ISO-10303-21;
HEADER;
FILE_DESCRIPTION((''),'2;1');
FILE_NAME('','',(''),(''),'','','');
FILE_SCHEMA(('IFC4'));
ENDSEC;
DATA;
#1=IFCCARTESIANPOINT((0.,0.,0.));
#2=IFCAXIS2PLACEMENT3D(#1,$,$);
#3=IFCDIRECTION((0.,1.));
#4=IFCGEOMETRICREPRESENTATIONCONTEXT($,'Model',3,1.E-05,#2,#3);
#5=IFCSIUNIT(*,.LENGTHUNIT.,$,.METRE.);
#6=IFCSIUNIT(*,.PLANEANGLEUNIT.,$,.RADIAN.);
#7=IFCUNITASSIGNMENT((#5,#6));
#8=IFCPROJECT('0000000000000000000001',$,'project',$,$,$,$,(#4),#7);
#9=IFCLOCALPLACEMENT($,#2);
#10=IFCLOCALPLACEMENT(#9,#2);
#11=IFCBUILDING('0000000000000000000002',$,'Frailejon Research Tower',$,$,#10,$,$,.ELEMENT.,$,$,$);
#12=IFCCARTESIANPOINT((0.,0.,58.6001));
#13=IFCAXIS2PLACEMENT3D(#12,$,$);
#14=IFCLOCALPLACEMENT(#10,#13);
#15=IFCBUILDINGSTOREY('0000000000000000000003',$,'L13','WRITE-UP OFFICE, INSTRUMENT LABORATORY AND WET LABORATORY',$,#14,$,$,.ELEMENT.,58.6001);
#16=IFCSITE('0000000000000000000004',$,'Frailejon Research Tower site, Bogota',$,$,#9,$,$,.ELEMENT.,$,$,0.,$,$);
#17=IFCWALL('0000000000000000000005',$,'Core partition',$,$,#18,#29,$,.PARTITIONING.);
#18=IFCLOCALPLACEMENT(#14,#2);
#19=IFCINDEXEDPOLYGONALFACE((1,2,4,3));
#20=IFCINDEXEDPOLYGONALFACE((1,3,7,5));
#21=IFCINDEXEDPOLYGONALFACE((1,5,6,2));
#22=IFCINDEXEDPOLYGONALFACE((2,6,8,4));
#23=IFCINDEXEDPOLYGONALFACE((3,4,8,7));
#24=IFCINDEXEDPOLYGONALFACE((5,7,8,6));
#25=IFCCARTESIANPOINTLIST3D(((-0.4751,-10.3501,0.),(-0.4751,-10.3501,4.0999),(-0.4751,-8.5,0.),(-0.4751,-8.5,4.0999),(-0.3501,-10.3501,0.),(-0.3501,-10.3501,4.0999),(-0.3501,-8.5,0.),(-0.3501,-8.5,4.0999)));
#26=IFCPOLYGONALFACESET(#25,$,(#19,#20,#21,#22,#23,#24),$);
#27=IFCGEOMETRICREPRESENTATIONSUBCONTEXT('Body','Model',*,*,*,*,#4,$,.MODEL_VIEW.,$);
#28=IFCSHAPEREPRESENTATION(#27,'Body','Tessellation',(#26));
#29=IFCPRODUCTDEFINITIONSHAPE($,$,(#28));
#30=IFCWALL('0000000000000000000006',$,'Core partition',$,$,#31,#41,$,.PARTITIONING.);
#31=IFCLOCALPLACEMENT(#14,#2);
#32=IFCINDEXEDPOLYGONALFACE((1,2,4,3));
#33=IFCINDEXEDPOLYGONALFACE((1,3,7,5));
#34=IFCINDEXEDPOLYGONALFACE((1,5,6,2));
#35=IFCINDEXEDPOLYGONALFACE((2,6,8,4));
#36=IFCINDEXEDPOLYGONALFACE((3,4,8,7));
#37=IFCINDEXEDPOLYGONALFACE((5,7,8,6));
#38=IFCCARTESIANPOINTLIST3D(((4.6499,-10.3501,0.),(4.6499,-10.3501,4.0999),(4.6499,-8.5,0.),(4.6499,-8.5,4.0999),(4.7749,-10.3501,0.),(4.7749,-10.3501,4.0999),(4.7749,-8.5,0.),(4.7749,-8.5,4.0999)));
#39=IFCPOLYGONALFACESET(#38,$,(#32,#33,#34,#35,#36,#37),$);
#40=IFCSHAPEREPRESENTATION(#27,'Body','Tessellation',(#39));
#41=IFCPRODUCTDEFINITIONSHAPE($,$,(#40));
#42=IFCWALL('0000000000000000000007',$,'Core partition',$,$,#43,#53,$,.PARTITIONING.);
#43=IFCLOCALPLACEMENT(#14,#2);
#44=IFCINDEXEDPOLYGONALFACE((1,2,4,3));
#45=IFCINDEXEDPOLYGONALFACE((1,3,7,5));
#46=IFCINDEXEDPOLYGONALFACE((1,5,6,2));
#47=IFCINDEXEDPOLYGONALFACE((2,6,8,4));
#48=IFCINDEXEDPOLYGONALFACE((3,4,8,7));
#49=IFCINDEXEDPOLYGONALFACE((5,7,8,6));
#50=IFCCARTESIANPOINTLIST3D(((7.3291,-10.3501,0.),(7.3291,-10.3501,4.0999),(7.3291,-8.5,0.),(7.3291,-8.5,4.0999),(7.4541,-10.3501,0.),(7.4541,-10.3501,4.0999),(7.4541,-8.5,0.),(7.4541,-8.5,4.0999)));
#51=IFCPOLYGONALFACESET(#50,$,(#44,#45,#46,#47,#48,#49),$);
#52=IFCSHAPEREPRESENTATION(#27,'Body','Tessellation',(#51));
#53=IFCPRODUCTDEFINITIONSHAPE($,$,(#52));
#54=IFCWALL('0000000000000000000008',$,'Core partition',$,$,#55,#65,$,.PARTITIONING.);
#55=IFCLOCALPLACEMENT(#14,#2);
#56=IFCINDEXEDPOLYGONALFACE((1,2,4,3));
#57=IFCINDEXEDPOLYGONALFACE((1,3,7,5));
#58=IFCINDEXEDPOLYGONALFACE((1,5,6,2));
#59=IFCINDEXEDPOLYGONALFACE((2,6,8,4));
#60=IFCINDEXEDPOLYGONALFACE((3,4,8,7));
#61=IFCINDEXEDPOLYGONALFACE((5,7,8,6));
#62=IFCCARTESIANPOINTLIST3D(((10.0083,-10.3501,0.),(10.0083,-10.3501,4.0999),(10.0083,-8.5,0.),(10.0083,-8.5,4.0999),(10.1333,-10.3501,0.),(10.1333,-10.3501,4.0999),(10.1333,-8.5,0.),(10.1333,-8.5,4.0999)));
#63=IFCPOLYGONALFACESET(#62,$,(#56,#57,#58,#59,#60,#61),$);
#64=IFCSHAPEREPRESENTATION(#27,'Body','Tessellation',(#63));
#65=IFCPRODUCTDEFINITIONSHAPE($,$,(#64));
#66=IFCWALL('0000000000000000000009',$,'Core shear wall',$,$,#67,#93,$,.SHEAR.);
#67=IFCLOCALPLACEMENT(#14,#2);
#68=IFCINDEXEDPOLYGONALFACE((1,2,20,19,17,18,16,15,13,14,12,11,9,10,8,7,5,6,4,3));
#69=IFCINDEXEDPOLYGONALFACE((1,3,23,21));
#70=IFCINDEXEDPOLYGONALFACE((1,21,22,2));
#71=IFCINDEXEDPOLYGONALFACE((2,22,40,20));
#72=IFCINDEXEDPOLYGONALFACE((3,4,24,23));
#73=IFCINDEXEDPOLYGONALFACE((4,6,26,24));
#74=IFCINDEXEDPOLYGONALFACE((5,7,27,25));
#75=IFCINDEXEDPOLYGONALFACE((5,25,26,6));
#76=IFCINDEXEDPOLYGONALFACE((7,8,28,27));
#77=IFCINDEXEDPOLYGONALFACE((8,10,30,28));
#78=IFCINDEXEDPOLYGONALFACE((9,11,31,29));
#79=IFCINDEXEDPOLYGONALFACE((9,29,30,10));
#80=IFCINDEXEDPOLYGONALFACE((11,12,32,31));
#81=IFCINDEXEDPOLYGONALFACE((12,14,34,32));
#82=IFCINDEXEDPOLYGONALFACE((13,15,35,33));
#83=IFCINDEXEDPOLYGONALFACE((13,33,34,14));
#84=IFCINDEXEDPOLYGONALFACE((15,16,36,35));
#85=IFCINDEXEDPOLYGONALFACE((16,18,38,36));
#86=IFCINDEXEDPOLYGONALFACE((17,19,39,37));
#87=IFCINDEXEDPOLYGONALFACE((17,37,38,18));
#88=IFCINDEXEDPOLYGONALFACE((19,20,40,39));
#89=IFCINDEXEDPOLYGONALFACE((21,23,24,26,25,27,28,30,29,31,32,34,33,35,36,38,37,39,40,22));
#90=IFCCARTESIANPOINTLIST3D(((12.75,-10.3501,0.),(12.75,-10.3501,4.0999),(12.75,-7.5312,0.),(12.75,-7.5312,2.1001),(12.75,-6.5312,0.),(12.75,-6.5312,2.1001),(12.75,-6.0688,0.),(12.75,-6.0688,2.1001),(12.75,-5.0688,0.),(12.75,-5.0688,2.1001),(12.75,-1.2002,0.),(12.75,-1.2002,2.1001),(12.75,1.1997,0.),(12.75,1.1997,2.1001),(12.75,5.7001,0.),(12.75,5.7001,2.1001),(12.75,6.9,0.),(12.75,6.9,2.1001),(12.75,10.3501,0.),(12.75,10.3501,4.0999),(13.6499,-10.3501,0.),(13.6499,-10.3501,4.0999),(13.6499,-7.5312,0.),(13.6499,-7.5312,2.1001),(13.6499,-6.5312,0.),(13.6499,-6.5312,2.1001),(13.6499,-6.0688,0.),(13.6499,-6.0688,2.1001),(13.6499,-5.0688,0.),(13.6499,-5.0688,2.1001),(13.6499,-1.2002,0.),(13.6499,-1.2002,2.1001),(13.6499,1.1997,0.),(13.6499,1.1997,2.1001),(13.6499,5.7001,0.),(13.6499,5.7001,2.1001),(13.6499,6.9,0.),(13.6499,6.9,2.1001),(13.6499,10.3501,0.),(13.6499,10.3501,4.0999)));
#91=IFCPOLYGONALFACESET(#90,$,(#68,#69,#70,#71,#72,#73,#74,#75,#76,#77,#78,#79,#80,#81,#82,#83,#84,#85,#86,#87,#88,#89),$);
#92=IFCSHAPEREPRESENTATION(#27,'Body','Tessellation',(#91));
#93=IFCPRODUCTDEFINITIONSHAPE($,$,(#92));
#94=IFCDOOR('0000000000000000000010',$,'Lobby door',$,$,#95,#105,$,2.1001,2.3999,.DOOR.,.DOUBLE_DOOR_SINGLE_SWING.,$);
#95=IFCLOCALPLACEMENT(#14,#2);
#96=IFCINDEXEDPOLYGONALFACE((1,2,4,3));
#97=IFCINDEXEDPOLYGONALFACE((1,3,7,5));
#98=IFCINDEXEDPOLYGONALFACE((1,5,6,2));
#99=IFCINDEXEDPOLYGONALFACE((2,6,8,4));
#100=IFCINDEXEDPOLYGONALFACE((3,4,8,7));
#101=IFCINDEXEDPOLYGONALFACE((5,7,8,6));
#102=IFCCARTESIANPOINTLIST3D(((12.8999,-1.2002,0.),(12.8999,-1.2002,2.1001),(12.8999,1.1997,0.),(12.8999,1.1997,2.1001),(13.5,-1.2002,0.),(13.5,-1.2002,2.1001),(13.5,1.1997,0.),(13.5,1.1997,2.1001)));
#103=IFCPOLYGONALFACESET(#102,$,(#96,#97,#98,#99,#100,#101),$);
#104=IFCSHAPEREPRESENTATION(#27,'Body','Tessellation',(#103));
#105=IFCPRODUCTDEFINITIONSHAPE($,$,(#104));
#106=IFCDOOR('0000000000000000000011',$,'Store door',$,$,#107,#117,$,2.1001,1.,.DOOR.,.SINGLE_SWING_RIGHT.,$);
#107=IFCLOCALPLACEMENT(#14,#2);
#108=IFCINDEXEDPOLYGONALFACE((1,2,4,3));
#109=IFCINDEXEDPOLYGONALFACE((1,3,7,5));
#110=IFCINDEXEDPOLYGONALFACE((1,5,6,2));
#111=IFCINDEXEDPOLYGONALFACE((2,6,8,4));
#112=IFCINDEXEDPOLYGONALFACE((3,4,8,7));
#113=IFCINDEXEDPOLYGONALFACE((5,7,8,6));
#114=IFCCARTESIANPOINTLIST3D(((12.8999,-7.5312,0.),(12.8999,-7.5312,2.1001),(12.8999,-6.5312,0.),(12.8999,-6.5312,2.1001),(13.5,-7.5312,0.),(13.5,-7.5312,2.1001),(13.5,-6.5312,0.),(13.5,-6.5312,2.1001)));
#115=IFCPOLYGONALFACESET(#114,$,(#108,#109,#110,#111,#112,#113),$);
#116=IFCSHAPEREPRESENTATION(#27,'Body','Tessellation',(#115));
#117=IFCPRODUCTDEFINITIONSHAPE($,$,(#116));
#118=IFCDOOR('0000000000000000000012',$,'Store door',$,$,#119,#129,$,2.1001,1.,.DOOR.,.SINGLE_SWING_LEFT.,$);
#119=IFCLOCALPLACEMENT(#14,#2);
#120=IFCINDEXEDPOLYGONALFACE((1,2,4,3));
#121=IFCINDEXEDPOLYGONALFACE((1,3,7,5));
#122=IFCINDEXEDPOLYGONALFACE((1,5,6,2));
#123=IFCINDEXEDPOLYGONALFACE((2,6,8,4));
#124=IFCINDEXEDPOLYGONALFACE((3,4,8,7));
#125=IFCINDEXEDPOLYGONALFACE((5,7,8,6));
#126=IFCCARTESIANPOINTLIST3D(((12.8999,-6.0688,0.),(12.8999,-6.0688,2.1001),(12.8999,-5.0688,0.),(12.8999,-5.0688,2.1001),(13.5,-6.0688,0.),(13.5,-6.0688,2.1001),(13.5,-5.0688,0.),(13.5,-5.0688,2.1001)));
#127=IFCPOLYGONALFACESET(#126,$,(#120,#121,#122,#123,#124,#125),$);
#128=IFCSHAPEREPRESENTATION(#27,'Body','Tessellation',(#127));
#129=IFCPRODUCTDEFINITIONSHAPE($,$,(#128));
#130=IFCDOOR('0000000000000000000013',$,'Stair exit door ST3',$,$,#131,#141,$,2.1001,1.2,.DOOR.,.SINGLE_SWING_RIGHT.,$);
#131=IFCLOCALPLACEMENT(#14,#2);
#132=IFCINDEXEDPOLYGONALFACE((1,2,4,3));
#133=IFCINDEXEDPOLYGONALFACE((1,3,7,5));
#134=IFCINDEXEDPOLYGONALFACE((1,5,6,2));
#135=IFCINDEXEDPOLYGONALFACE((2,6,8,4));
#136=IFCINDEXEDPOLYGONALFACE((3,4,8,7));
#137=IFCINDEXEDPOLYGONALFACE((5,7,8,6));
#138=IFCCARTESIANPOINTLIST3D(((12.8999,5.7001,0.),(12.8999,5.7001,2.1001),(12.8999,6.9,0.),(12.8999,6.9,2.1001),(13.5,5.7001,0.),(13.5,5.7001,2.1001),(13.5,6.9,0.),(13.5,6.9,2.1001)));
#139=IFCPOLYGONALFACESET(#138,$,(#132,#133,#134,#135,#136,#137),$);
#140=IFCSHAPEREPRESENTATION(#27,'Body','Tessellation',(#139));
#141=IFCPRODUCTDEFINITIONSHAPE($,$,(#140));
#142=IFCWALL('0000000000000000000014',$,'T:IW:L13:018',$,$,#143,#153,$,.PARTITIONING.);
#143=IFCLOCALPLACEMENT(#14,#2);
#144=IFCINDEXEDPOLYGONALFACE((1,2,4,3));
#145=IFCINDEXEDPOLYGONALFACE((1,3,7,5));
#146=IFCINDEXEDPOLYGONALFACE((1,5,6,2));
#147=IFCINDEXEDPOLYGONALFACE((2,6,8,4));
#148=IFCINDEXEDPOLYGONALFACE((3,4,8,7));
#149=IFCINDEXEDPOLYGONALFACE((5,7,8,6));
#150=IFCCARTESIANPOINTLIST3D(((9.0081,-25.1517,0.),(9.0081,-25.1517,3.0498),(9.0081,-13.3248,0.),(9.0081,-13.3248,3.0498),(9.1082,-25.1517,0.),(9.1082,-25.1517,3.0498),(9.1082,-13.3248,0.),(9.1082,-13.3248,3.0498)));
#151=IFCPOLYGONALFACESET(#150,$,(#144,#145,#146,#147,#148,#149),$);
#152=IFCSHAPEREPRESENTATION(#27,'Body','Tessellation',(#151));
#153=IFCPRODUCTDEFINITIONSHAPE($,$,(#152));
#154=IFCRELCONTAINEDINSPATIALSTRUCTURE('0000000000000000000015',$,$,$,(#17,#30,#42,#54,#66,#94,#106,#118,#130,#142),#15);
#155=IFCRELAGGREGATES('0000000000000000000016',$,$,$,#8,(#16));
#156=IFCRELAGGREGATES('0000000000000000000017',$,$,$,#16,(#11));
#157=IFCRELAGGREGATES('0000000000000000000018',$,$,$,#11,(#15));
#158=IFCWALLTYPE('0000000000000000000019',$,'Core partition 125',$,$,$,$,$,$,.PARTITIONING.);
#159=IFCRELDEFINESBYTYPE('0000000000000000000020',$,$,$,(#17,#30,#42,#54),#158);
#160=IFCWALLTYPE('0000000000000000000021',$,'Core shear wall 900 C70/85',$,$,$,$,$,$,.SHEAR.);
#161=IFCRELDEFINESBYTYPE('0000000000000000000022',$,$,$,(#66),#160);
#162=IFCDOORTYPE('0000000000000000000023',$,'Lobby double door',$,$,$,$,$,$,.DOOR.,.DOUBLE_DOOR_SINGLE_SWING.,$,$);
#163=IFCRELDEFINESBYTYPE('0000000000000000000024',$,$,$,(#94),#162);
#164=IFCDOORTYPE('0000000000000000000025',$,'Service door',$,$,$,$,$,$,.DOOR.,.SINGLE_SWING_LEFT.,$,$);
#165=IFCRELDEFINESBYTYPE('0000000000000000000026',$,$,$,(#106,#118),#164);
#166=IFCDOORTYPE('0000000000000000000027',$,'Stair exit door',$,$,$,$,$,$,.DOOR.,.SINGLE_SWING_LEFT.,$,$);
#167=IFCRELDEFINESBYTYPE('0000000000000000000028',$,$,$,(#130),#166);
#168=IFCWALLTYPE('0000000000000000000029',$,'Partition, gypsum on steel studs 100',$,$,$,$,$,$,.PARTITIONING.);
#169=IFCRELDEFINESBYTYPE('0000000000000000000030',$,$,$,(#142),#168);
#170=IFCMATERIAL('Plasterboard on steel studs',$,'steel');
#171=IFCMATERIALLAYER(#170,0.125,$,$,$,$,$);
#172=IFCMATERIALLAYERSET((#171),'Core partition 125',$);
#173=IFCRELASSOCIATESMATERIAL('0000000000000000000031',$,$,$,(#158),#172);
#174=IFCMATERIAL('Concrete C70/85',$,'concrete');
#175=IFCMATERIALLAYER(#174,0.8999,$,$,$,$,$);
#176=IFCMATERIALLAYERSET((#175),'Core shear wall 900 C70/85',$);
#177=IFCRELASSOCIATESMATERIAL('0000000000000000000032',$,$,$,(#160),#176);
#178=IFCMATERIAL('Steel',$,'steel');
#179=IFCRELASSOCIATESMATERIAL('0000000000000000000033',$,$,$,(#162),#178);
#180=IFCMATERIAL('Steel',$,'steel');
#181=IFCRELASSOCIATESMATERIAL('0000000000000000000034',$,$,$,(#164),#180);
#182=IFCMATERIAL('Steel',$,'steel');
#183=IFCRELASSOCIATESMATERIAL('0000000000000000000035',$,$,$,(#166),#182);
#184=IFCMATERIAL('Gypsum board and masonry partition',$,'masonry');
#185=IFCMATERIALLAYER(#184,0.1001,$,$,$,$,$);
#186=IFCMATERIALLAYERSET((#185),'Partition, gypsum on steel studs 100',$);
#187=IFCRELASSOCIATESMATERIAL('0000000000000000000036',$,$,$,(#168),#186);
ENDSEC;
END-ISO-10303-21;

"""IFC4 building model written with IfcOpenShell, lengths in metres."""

from ifc_helpers import new_model, si_unit, direction, frame, frame_2d, origin, place, context, subcontext, project, spatial, rectangle, extrude, material, layer, layer_set, type_object, element, fill, save


model = new_model("IFC4")

# Units and contexts
model_context = context("Model", 3, precision=1e-05, world=origin(), true_north=direction((0.0, 1.0)))
body_context = subcontext(model_context, "Body", "Model", "MODEL_VIEW")
ifc_project = project(units=[si_unit("LENGTHUNIT", "METRE"), si_unit("PLANEANGLEUNIT", "RADIAN")], contexts=[model_context])

# Site, building, storey
site_placement = place(None, origin())
site = spatial("IfcSite", under=ifc_project, at=site_placement, Name="Frailejon Research Tower site, Bogota", CompositionType="ELEMENT", RefElevation=0.0)
building_placement = place(site_placement, origin())
building = spatial("IfcBuilding", under=site, at=building_placement, Name="Frailejon Research Tower", CompositionType="ELEMENT")
storey_placement = place(building_placement, frame((0.0, 0.0, 58.6001)))
storey = spatial("IfcBuildingStorey", under=building, at=storey_placement, Name="L13", Description="WRITE-UP OFFICE, INSTRUMENT LABORATORY AND WET LABORATORY", CompositionType="ELEMENT", Elevation=58.6001)

# Walls
ifc_material_1 = material(Name="Plasterboard on steel studs", Category="steel")
ifc_layer_1 = layer(ifc_material_1, 0.125)
ifc_layer_set_1 = layer_set([ifc_layer_1], Name="Core partition 125")
wall_type_1 = type_object("IfcWallType", Name="Core partition 125", PredefinedType="PARTITIONING", material=ifc_layer_set_1)
for number, where, z_axis, x_axis, name in (
    (1, (-0.4126, -10.3501, 0.0), (0.0, 0.0, 1.0), (0.0, 1.0, 0.0), "Core partition"),
    (2, (4.7124, -10.3501, 0.0), (0.0, 0.0, 1.0), (0.0, 1.0, 0.0), "Core partition"),
    (3, (7.3916, -10.3501, 0.0), (0.0, 0.0, 1.0), (0.0, 1.0, 0.0), "Core partition"),
    (4, (10.0708, -10.3501, 0.0), (0.0, 0.0, 1.0), (0.0, 1.0, 0.0), "Core partition"),
):
    element("IfcWall", number, at=place(storey_placement, frame(where, z_axis=z_axis, x_axis=x_axis)), inside=storey, type_object=wall_type_1, Name=name, PredefinedType="PARTITIONING", context=body_context, shape_type="SweptSolid", body=[
        extrude(rectangle(XDim=1.8501, YDim=0.125, at=frame_2d((0.925, 0.0))), origin(), (0.0, 0.0, 1.0), 4.0999),
    ])

# Wall, openings, doors
ifc_material_2 = material(Name="Concrete C70/85", Category="concrete")
ifc_layer_2 = layer(ifc_material_2, 0.8999)
ifc_layer_set_2 = layer_set([ifc_layer_2], Name="Core shear wall 900 C70/85")
wall_type_2 = type_object("IfcWallType", Name="Core shear wall 900 C70/85", PredefinedType="SHEAR", material=ifc_layer_set_2)
wall_1_placement = place(storey_placement, frame((13.2, -10.3501, 0.0), z_axis=(0.0, 0.0, 1.0), x_axis=(0.0, 1.0, 0.0)))
wall_1 = element("IfcWall", 5, at=wall_1_placement, inside=storey, type_object=wall_type_2, Name="Core shear wall", PredefinedType="SHEAR", context=body_context, shape_type="SweptSolid", body=[
    extrude(rectangle(XDim=20.7002, YDim=0.8999, at=frame_2d((10.3501, 0.0))), origin(), (0.0, 0.0, 1.0), 4.0999),
])
opening_1_placement = place(wall_1_placement, frame((9.1499, 0.0, 0.0)))
opening_1 = element("IfcOpeningElement", 6, at=opening_1_placement, cuts=wall_1, PredefinedType="OPENING", context=body_context, shape_type="SweptSolid", body=[
    extrude(rectangle(XDim=2.3999, YDim=2.1001, at=frame_2d((1.2, 1.05))), frame((0.0, 0.46, 0.0), z_axis=(0.0, -1.0, 0.0), x_axis=(1.0, 0.0, 0.0)), (0.0, 0.0, 1.0), 0.9199),
])
opening_2_placement = place(wall_1_placement, frame((16.05, 0.0, 0.0)))
opening_2 = element("IfcOpeningElement", 7, at=opening_2_placement, cuts=wall_1, PredefinedType="OPENING", context=body_context, shape_type="SweptSolid", body=[
    extrude(rectangle(XDim=1.2, YDim=2.1001, at=frame_2d((0.6001, 1.05))), frame((0.0, 0.46, 0.0), z_axis=(0.0, -1.0, 0.0), x_axis=(1.0, 0.0, 0.0)), (0.0, 0.0, 1.0), 0.9199),
])
opening_3_placement = place(wall_1_placement, frame((2.8188, 0.0, 0.0)))
opening_3 = element("IfcOpeningElement", 8, at=opening_3_placement, cuts=wall_1, PredefinedType="OPENING", context=body_context, shape_type="SweptSolid", body=[
    extrude(rectangle(XDim=1.0, YDim=2.1001, at=frame_2d((0.5, 1.05))), frame((0.0, 0.46, 0.0), z_axis=(0.0, -1.0, 0.0), x_axis=(1.0, 0.0, 0.0)), (0.0, 0.0, 1.0), 0.9199),
])
opening_4_placement = place(wall_1_placement, frame((4.2812, 0.0, 0.0)))
opening_4 = element("IfcOpeningElement", 9, at=opening_4_placement, cuts=wall_1, PredefinedType="OPENING", context=body_context, shape_type="SweptSolid", body=[
    extrude(rectangle(XDim=1.0, YDim=2.1001, at=frame_2d((0.5, 1.05))), frame((0.0, 0.46, 0.0), z_axis=(0.0, -1.0, 0.0), x_axis=(1.0, 0.0, 0.0)), (0.0, 0.0, 1.0), 0.9199),
])
ifc_material_3 = material(Name="Steel", Category="steel")
door_type_1 = type_object("IfcDoorType", Name="Lobby double door", OperationType="DOUBLE_DOOR_SINGLE_SWING", PredefinedType="DOOR", material=ifc_material_3)
door_1_placement = place(opening_1_placement, origin())
door_1 = element("IfcDoor", 10, at=door_1_placement, inside=storey, type_object=door_type_1, Name="Lobby door", OperationType="DOUBLE_DOOR_SINGLE_SWING", OverallHeight=2.1001, OverallWidth=2.3999, PredefinedType="DOOR", context=body_context, shape_type="SweptSolid", body=[
    extrude(rectangle(XDim=2.3999, YDim=2.1001, at=frame_2d((1.2, 1.05))), frame((0.0, 0.3, 0.0), z_axis=(0.0, -1.0, 0.0), x_axis=(1.0, 0.0, 0.0)), (0.0, 0.0, 1.0), 0.6001),
])
fill(opening_1, door_1)
ifc_material_4 = material(Name="Steel", Category="steel")
door_type_2 = type_object("IfcDoorType", Name="Service door", OperationType="SINGLE_SWING_LEFT", PredefinedType="DOOR", material=ifc_material_4)
door_2_placement = place(opening_3_placement, origin())
door_2 = element("IfcDoor", 11, at=door_2_placement, inside=storey, type_object=door_type_2, Name="Store door", OperationType="SINGLE_SWING_RIGHT", OverallHeight=2.1001, OverallWidth=1.0, PredefinedType="DOOR", context=body_context, shape_type="SweptSolid", body=[
    extrude(rectangle(XDim=1.0, YDim=2.1001, at=frame_2d((0.5, 1.05))), frame((0.0, 0.3, 0.0), z_axis=(0.0, -1.0, 0.0), x_axis=(1.0, 0.0, 0.0)), (0.0, 0.0, 1.0), 0.6001),
])
fill(opening_3, door_2)
door_3_placement = place(opening_4_placement, origin())
door_3 = element("IfcDoor", 12, at=door_3_placement, inside=storey, type_object=door_type_2, Name="Store door", OperationType="SINGLE_SWING_LEFT", OverallHeight=2.1001, OverallWidth=1.0, PredefinedType="DOOR", context=body_context, shape_type="SweptSolid", body=[
    extrude(rectangle(XDim=1.0, YDim=2.1001, at=frame_2d((0.5, 1.05))), frame((0.0, 0.3, 0.0), z_axis=(0.0, -1.0, 0.0), x_axis=(1.0, 0.0, 0.0)), (0.0, 0.0, 1.0), 0.6001),
])
fill(opening_4, door_3)
ifc_material_5 = material(Name="Steel", Category="steel")
door_type_3 = type_object("IfcDoorType", Name="Stair exit door", OperationType="SINGLE_SWING_LEFT", PredefinedType="DOOR", material=ifc_material_5)
door_4_placement = place(opening_2_placement, origin())
door_4 = element("IfcDoor", 13, at=door_4_placement, inside=storey, type_object=door_type_3, Name="Stair exit door ST3", OperationType="SINGLE_SWING_RIGHT", OverallHeight=2.1001, OverallWidth=1.2, PredefinedType="DOOR", context=body_context, shape_type="SweptSolid", body=[
    extrude(rectangle(XDim=1.2, YDim=2.1001, at=frame_2d((0.6001, 1.05))), frame((0.0, 0.3, 0.0), z_axis=(0.0, -1.0, 0.0), x_axis=(1.0, 0.0, 0.0)), (0.0, 0.0, 1.0), 0.6001),
])
fill(opening_2, door_4)

# Wall
ifc_material_6 = material(Name="Gypsum board and masonry partition", Category="masonry")
ifc_layer_3 = layer(ifc_material_6, 0.1001)
ifc_layer_set_3 = layer_set([ifc_layer_3], Name="Partition, gypsum on steel studs 100")
wall_type_3 = type_object("IfcWallType", Name="Partition, gypsum on steel studs 100", PredefinedType="PARTITIONING", material=ifc_layer_set_3)
wall_2_placement = place(storey_placement, frame((9.0581, -25.1519, 0.0), z_axis=(0.0, 0.0, 1.0), x_axis=(0.0, 1.0, 0.0)))
element("IfcWall", 14, at=wall_2_placement, inside=storey, type_object=wall_type_3, Name="T:IW:L13:018", PredefinedType="PARTITIONING", context=body_context, shape_type="SweptSolid", body=[
    extrude(rectangle(XDim=11.8269, YDim=0.1001, at=frame_2d((5.9136, 0.0))), origin(), (0.0, 0.0, 1.0), 3.0498),
])

save(model, "model.ifc")
